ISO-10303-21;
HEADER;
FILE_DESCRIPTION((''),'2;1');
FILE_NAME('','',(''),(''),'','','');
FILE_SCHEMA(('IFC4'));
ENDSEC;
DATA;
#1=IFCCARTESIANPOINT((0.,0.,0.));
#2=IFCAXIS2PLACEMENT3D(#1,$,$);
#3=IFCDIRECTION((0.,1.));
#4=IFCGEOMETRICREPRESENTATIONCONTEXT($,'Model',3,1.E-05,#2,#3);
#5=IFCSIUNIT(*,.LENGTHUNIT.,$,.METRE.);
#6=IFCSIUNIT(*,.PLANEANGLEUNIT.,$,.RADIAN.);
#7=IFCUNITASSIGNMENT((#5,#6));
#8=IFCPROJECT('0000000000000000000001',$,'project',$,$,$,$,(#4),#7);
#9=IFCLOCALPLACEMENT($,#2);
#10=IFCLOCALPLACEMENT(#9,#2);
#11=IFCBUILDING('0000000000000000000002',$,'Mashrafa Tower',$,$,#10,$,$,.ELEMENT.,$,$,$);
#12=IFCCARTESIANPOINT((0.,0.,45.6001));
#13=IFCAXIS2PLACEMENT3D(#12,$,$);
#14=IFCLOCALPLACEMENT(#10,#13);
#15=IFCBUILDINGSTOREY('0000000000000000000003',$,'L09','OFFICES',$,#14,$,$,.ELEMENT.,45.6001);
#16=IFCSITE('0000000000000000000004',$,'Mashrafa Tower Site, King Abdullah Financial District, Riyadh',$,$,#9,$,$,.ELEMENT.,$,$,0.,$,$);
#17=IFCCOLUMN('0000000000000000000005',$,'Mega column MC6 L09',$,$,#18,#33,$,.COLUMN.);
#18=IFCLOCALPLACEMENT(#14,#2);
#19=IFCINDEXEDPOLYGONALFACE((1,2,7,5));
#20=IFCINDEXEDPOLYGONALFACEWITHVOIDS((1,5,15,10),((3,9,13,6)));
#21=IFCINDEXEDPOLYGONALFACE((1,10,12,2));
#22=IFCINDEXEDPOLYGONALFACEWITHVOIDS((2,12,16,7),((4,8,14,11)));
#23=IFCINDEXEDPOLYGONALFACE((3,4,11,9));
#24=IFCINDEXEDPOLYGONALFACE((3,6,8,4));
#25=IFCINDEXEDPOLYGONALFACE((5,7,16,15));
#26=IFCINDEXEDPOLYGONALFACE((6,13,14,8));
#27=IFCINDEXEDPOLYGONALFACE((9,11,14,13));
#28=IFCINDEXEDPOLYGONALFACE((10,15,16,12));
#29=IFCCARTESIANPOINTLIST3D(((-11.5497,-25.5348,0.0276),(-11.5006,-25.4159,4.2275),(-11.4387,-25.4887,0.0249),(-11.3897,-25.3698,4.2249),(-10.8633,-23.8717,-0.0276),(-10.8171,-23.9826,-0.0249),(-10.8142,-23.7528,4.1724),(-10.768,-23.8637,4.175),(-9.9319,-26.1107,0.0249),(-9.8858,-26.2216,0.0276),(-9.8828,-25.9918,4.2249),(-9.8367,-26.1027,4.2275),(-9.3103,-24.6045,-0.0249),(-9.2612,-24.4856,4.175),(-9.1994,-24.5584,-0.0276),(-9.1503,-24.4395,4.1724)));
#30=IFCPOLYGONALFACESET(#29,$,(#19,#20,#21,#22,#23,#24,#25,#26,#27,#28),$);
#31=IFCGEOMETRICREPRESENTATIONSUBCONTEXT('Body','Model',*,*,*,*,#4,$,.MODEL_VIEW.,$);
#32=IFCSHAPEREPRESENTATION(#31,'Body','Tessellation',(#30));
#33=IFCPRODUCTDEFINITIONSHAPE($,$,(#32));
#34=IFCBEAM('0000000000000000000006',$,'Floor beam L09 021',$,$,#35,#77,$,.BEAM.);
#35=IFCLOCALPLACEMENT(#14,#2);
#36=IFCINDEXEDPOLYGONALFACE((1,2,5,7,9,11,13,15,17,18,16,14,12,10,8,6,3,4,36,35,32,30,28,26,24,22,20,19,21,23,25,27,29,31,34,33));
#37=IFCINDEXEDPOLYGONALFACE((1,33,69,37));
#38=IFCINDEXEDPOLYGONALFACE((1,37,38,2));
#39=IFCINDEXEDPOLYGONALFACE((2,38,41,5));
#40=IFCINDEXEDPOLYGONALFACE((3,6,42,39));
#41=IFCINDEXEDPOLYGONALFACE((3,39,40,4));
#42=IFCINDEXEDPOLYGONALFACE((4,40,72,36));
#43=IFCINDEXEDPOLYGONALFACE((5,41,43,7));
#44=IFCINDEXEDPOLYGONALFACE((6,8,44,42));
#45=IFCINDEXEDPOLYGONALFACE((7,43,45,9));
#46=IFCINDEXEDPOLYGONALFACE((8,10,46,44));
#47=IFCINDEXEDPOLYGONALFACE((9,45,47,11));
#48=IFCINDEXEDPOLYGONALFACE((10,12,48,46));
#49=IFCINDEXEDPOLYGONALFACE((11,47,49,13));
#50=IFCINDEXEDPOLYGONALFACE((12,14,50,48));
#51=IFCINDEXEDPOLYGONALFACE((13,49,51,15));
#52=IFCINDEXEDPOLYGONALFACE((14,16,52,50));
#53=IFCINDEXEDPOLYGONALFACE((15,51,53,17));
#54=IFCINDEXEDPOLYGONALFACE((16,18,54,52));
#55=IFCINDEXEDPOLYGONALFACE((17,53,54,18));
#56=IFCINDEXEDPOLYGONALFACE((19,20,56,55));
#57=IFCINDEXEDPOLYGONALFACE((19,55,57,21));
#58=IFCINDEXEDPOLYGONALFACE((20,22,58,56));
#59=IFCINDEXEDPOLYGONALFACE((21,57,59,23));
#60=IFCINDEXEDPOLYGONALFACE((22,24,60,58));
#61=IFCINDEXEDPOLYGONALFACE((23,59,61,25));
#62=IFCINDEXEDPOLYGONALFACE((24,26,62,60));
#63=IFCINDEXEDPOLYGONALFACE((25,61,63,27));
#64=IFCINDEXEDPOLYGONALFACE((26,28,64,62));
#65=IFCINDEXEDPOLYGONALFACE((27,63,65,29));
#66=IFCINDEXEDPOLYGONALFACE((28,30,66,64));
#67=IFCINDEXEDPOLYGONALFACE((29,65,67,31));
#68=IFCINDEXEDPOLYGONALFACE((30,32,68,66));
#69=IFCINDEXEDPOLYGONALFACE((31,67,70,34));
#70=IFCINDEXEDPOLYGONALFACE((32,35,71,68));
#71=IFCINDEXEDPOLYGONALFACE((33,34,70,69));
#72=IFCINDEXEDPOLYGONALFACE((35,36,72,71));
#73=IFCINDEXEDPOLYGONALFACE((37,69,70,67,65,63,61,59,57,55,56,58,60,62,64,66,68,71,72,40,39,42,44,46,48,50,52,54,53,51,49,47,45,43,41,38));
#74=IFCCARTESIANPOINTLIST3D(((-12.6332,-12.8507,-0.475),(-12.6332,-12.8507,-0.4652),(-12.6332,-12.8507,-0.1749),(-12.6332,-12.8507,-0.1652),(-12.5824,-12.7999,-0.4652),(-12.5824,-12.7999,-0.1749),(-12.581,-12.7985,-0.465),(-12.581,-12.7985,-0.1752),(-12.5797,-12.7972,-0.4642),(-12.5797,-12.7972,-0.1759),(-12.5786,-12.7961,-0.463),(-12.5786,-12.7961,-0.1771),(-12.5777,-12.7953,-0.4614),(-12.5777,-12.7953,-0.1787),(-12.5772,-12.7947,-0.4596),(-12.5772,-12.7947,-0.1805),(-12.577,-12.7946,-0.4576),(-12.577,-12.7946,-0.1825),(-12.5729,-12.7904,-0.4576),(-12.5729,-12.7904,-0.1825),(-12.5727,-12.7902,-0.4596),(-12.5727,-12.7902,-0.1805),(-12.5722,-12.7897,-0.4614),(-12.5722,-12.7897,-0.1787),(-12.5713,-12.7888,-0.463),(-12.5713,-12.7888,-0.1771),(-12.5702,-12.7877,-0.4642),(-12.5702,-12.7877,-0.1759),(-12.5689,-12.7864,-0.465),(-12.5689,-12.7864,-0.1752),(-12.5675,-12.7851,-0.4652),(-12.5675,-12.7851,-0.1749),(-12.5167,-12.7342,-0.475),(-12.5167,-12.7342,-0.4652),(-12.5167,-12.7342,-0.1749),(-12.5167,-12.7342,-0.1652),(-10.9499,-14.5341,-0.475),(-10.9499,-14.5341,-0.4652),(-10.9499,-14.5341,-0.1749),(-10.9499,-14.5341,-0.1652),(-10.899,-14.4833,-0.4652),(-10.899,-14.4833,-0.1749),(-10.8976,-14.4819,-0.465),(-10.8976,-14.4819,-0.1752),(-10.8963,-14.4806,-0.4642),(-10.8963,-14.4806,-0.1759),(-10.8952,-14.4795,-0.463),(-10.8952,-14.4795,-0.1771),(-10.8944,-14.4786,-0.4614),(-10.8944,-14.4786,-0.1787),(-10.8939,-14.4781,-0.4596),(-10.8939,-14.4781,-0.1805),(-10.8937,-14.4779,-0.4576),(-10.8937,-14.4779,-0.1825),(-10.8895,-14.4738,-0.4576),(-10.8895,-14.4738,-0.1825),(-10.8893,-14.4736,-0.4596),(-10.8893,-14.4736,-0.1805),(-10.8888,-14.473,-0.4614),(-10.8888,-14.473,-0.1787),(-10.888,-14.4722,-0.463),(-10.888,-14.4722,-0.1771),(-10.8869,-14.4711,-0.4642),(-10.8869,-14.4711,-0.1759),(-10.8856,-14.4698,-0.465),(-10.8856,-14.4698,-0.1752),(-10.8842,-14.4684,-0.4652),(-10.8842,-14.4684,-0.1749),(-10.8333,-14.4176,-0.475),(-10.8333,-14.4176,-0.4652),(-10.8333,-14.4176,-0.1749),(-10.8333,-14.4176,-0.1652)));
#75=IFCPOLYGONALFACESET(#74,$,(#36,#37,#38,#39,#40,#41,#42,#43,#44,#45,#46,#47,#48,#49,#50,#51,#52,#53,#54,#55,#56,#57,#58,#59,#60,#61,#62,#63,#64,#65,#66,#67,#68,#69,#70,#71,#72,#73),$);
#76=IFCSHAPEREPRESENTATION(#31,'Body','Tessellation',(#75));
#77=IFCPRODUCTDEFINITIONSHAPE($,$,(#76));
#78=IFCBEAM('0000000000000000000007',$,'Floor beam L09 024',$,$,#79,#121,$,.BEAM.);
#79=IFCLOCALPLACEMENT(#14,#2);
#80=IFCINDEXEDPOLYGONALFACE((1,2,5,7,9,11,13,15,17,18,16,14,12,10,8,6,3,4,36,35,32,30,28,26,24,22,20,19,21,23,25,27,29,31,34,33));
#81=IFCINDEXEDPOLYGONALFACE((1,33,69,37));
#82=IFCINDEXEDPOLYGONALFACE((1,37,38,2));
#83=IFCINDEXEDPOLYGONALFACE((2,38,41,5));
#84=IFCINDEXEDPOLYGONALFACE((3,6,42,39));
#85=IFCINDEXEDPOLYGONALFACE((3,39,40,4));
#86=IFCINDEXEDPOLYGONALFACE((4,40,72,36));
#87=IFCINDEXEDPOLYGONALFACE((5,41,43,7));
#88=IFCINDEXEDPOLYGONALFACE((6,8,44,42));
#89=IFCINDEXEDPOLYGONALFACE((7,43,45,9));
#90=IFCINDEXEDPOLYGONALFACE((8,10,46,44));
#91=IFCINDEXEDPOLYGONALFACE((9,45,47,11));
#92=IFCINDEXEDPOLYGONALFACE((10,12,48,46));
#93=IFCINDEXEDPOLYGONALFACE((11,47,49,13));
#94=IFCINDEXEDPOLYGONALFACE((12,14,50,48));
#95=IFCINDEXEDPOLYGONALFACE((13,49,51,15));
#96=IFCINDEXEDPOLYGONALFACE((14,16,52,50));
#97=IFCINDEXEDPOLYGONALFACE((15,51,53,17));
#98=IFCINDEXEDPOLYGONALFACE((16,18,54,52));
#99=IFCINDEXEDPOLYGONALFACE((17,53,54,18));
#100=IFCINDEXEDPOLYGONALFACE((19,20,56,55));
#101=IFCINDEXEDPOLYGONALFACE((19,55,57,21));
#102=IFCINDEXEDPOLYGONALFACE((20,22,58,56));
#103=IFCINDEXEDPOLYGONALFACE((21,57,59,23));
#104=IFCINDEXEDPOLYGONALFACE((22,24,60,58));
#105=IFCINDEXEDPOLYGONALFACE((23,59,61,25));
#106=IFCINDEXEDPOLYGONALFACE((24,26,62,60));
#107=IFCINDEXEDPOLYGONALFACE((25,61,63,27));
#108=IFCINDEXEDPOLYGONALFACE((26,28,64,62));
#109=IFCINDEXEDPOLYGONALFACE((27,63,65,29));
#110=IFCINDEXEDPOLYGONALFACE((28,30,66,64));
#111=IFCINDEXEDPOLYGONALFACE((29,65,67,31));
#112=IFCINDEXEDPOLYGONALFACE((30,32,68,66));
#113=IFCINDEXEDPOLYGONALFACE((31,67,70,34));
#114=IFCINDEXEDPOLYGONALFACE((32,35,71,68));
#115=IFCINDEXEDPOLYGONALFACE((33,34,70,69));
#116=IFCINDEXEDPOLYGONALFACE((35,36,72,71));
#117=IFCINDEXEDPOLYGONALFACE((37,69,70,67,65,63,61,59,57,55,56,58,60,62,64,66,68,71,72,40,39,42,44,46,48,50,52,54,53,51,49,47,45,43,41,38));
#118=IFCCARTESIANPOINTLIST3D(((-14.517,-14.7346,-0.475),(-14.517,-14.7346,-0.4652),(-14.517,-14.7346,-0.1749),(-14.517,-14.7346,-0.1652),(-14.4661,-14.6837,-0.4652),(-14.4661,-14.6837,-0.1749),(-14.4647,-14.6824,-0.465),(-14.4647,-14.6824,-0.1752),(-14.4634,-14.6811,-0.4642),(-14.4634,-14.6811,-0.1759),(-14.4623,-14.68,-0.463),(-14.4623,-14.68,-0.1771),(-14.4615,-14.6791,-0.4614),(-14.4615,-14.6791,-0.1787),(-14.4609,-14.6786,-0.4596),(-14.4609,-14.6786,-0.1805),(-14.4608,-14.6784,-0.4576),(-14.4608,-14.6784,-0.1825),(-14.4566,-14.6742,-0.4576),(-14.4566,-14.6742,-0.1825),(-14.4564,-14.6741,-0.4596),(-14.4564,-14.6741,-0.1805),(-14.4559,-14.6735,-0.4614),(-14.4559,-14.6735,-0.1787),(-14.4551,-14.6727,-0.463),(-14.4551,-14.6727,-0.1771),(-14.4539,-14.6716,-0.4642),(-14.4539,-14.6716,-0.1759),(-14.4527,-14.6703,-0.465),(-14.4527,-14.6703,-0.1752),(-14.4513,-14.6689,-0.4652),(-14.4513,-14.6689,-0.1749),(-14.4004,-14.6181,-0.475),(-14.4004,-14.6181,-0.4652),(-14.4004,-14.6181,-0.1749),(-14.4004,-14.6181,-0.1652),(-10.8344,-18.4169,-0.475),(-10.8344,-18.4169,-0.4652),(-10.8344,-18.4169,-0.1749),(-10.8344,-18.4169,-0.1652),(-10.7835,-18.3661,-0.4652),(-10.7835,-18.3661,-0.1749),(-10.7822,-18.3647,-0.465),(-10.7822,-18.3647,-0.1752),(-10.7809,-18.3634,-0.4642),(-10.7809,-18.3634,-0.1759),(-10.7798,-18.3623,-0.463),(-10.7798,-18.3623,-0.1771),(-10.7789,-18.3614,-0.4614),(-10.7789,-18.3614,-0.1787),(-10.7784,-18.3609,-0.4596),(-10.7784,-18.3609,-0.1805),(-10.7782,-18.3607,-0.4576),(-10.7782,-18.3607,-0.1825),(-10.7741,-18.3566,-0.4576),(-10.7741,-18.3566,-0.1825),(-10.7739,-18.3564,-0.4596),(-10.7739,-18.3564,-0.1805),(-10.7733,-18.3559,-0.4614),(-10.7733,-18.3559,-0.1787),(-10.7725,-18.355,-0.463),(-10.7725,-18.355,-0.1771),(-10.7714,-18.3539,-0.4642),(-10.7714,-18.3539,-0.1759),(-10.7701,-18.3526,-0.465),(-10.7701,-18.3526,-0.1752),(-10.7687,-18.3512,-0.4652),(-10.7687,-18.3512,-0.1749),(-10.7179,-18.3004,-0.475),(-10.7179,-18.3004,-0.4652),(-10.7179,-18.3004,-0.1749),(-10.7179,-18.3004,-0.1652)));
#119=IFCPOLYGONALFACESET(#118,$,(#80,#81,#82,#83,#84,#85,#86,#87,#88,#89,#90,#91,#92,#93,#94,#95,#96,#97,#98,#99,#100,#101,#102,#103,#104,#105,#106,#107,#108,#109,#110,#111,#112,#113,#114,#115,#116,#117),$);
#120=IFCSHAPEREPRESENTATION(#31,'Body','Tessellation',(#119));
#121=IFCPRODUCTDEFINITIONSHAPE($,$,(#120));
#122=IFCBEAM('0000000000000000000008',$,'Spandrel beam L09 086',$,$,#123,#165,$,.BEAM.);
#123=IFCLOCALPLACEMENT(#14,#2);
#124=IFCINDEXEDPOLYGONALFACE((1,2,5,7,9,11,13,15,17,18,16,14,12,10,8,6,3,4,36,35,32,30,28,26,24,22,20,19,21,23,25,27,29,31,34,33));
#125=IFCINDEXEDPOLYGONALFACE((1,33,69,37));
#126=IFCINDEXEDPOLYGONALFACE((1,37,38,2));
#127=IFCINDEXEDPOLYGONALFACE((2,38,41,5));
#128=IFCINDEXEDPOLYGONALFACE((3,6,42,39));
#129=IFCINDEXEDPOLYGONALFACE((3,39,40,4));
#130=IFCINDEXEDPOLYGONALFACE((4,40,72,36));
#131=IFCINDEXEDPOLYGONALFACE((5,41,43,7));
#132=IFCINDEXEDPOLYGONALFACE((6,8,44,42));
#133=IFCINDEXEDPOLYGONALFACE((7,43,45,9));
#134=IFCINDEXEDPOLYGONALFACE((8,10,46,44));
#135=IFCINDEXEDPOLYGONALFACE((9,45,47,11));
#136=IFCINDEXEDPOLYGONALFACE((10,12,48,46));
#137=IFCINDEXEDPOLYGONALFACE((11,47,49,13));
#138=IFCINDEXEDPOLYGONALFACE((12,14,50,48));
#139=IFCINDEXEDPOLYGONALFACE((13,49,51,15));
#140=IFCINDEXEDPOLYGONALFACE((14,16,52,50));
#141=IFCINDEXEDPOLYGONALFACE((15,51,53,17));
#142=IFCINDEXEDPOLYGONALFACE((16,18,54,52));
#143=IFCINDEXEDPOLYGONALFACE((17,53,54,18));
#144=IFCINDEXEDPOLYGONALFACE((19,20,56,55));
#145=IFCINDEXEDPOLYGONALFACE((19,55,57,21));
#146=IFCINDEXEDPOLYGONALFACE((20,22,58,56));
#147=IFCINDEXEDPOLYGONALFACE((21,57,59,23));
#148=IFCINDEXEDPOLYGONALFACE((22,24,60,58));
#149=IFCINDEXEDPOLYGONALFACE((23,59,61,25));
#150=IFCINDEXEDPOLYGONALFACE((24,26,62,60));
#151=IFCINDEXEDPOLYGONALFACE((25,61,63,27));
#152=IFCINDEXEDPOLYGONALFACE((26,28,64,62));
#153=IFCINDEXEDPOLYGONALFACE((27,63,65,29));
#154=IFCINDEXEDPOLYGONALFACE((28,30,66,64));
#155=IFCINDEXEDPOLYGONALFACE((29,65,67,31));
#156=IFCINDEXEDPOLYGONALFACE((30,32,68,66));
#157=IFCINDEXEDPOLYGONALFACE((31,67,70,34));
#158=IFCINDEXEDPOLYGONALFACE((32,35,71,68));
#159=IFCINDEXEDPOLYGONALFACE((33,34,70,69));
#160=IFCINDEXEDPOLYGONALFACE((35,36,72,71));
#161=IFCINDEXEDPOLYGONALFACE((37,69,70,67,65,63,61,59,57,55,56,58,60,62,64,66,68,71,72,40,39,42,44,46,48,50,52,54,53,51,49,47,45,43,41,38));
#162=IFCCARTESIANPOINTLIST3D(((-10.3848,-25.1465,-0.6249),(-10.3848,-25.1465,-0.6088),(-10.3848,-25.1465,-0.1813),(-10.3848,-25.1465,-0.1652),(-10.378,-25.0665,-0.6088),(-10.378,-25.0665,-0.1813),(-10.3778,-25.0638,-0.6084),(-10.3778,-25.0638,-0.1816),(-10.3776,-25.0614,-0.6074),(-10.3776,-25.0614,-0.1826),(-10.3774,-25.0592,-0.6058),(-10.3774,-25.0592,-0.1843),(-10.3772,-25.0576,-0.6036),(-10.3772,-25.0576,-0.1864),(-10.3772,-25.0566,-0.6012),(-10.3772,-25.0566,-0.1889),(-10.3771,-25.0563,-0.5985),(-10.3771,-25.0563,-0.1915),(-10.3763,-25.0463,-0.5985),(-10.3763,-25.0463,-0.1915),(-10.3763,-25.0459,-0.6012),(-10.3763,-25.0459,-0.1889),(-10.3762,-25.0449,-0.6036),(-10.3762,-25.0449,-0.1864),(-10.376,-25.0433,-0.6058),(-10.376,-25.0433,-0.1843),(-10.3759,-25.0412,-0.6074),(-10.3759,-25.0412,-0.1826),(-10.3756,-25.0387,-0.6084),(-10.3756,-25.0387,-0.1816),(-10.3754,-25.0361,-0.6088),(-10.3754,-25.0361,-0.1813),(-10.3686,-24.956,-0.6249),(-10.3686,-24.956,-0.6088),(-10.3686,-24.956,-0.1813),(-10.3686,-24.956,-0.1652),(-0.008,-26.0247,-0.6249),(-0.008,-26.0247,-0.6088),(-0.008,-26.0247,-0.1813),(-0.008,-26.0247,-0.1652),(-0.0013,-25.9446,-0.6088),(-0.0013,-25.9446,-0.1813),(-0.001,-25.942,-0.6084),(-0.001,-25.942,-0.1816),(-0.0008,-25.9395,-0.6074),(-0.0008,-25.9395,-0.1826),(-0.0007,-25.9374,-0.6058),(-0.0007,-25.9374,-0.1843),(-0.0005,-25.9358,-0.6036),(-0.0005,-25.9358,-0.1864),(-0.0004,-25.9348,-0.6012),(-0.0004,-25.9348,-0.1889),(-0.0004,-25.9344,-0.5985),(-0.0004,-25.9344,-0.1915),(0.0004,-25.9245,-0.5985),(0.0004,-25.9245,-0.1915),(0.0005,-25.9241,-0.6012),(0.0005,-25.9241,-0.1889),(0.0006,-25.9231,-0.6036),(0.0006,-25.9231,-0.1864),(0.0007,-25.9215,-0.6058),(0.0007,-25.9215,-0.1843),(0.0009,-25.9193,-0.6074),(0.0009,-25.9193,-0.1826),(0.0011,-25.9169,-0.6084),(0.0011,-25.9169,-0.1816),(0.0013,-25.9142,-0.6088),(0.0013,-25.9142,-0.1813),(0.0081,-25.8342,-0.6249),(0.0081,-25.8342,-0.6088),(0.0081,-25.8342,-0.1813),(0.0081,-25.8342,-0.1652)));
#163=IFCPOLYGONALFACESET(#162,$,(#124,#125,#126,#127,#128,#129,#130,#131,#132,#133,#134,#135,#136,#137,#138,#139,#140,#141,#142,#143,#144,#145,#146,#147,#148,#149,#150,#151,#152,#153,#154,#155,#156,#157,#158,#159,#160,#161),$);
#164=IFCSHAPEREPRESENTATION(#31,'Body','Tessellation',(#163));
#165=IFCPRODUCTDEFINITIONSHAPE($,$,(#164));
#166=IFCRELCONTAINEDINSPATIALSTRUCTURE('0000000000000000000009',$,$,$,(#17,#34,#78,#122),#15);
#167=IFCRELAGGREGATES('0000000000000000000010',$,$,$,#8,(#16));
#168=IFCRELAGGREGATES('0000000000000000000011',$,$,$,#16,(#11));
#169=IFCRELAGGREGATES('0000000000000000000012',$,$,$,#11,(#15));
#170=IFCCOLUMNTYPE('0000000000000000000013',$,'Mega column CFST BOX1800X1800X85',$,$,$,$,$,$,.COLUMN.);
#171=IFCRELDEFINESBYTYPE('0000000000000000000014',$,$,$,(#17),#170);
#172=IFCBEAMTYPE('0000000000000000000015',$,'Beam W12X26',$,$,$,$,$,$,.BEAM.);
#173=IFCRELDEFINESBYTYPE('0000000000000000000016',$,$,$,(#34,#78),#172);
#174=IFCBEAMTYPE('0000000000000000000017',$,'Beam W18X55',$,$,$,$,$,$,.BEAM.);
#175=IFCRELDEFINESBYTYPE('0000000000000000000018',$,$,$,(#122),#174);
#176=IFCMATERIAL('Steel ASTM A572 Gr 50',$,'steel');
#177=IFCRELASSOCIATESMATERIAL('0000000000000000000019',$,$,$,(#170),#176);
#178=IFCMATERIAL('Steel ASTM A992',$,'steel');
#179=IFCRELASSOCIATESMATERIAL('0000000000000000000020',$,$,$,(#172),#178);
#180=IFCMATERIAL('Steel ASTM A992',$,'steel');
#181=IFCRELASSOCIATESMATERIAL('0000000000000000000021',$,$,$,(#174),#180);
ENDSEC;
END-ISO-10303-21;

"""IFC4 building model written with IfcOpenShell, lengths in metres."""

from ifc_helpers import new_model, si_unit, direction, frame, origin, origin_2d, place, context, subcontext, project, spatial, hollow_rectangle, i_section, extrude, material, material_profile, profile_set, type_object, element, save


model = new_model("IFC4")

# Units and contexts
model_context = context("Model", 3, precision=1e-05, world=origin(), true_north=direction((0.0, 1.0)))
body_context = subcontext(model_context, "Body", "Model", "MODEL_VIEW")
ifc_project = project(units=[si_unit("LENGTHUNIT", "METRE"), si_unit("PLANEANGLEUNIT", "RADIAN")], contexts=[model_context])

# Site, building, storey
site_placement = place(None, origin())
site = spatial("IfcSite", under=ifc_project, at=site_placement, Name="Mashrafa Tower Site, King Abdullah Financial District, Riyadh", CompositionType="ELEMENT", RefElevation=0.0)
building_placement = place(site_placement, origin())
building = spatial("IfcBuilding", under=site, at=building_placement, Name="Mashrafa Tower", CompositionType="ELEMENT")
storey_placement = place(building_placement, frame((0.0, 0.0, 45.6001)))
storey = spatial("IfcBuildingStorey", under=building, at=storey_placement, Name="L09", Description="OFFICES", CompositionType="ELEMENT", Elevation=45.6001)

# Column
ifc_material_1 = material(Name="Steel ASTM A572 Gr 50", Category="steel")
ifc_material_profile_1 = material_profile(ifc_material_1, hollow_rectangle(XDim=1.8, YDim=1.8, WallThickness=0.085, at=origin_2d()), Name="BOX1800X1800X85")
ifc_profile_set_1 = profile_set([ifc_material_profile_1], Name="Steel ASTM A572 Gr 50")
column_type = type_object("IfcColumnType", Name="Mega column CFST BOX1800X1800X85", PredefinedType="COLUMN", material=ifc_profile_set_1)
column_placement = place(storey_placement, frame((-10.3745, -25.0466, 0.0), z_axis=(0.011679, 0.028296, 0.999531), x_axis=(-0.924363, 0.381513, 0.0)))
element("IfcColumn", 1, at=column_placement, inside=storey, type_object=column_type, Name="Mega column MC6 L09", PredefinedType="COLUMN", context=body_context, shape_type="SweptSolid", body=[
    extrude(hollow_rectangle(XDim=1.8, YDim=1.8, WallThickness=0.085, at=origin_2d()), origin(), (0.0, 0.0, 1.0), 4.2019),
])

# Beams
ifc_material_2 = material(Name="Steel ASTM A992", Category="steel")
ifc_material_profile_2 = material_profile(ifc_material_2, i_section(OverallWidth=0.1648, OverallDepth=0.3098, WebThickness=0.0059, FlangeThickness=0.0098, FilletRadius=0.0076, at=origin_2d()), Name="W12X26")
ifc_profile_set_2 = profile_set([ifc_material_profile_2], Name="Steel ASTM A992")
beam_type_1 = type_object("IfcBeamType", Name="Beam W12X26", PredefinedType="BEAM", material=ifc_profile_set_2)
beam_1_placement = place(storey_placement, frame((-10.8916, -14.4758, -0.3201), z_axis=(-0.707107, 0.707107, 0.0), x_axis=(-0.707107, -0.707107, 0.0)))
element("IfcBeam", 2, at=beam_1_placement, inside=storey, type_object=beam_type_1, Name="Floor beam L09 021", PredefinedType="BEAM", context=body_context, shape_type="SweptSolid", body=[
    extrude(i_section(OverallWidth=0.1648, OverallDepth=0.3098, WebThickness=0.0059, FlangeThickness=0.0098, FilletRadius=0.0076, at=origin_2d()), origin(), (0.0, 0.0, 1.0), 2.3806),
])
beam_2_placement = place(storey_placement, frame((-10.7761, -18.3586, -0.3201), z_axis=(-0.70713, 0.707083, 0.0), x_axis=(-0.707083, -0.70713, 0.0)))
element("IfcBeam", 3, at=beam_2_placement, inside=storey, type_object=beam_type_1, Name="Floor beam L09 024", PredefinedType="BEAM", context=body_context, shape_type="SweptSolid", body=[
    extrude(i_section(OverallWidth=0.1648, OverallDepth=0.3098, WebThickness=0.0059, FlangeThickness=0.0098, FilletRadius=0.0076, at=origin_2d()), origin(), (0.0, 0.0, 1.0), 5.2078),
])
ifc_material_3 = material(Name="Steel ASTM A992", Category="steel")
ifc_material_profile_3 = material_profile(ifc_material_3, i_section(OverallWidth=0.1912, OverallDepth=0.4597, WebThickness=0.01, FlangeThickness=0.0161, FilletRadius=0.0103, at=origin_2d()), Name="W18X55")
ifc_profile_set_3 = profile_set([ifc_material_profile_3], Name="Steel ASTM A992")
beam_type_2 = type_object("IfcBeamType", Name="Beam W18X55", PredefinedType="BEAM", material=ifc_profile_set_3)
beam_3_placement = place(storey_placement, frame((-10.3767, -25.0513, -0.395), z_axis=(0.996438, -0.084328, 0.0), x_axis=(0.084328, 0.996438, 0.0)))
element("IfcBeam", 4, at=beam_3_placement, inside=storey, type_object=beam_type_2, Name="Spandrel beam L09 086", PredefinedType="BEAM", context=body_context, shape_type="SweptSolid", body=[
    extrude(i_section(OverallWidth=0.1912, OverallDepth=0.4597, WebThickness=0.01, FlangeThickness=0.0161, FilletRadius=0.0103, at=origin_2d()), origin(), (0.0, 0.0, 1.0), 10.4138),
])

save(model, "model.ifc")
